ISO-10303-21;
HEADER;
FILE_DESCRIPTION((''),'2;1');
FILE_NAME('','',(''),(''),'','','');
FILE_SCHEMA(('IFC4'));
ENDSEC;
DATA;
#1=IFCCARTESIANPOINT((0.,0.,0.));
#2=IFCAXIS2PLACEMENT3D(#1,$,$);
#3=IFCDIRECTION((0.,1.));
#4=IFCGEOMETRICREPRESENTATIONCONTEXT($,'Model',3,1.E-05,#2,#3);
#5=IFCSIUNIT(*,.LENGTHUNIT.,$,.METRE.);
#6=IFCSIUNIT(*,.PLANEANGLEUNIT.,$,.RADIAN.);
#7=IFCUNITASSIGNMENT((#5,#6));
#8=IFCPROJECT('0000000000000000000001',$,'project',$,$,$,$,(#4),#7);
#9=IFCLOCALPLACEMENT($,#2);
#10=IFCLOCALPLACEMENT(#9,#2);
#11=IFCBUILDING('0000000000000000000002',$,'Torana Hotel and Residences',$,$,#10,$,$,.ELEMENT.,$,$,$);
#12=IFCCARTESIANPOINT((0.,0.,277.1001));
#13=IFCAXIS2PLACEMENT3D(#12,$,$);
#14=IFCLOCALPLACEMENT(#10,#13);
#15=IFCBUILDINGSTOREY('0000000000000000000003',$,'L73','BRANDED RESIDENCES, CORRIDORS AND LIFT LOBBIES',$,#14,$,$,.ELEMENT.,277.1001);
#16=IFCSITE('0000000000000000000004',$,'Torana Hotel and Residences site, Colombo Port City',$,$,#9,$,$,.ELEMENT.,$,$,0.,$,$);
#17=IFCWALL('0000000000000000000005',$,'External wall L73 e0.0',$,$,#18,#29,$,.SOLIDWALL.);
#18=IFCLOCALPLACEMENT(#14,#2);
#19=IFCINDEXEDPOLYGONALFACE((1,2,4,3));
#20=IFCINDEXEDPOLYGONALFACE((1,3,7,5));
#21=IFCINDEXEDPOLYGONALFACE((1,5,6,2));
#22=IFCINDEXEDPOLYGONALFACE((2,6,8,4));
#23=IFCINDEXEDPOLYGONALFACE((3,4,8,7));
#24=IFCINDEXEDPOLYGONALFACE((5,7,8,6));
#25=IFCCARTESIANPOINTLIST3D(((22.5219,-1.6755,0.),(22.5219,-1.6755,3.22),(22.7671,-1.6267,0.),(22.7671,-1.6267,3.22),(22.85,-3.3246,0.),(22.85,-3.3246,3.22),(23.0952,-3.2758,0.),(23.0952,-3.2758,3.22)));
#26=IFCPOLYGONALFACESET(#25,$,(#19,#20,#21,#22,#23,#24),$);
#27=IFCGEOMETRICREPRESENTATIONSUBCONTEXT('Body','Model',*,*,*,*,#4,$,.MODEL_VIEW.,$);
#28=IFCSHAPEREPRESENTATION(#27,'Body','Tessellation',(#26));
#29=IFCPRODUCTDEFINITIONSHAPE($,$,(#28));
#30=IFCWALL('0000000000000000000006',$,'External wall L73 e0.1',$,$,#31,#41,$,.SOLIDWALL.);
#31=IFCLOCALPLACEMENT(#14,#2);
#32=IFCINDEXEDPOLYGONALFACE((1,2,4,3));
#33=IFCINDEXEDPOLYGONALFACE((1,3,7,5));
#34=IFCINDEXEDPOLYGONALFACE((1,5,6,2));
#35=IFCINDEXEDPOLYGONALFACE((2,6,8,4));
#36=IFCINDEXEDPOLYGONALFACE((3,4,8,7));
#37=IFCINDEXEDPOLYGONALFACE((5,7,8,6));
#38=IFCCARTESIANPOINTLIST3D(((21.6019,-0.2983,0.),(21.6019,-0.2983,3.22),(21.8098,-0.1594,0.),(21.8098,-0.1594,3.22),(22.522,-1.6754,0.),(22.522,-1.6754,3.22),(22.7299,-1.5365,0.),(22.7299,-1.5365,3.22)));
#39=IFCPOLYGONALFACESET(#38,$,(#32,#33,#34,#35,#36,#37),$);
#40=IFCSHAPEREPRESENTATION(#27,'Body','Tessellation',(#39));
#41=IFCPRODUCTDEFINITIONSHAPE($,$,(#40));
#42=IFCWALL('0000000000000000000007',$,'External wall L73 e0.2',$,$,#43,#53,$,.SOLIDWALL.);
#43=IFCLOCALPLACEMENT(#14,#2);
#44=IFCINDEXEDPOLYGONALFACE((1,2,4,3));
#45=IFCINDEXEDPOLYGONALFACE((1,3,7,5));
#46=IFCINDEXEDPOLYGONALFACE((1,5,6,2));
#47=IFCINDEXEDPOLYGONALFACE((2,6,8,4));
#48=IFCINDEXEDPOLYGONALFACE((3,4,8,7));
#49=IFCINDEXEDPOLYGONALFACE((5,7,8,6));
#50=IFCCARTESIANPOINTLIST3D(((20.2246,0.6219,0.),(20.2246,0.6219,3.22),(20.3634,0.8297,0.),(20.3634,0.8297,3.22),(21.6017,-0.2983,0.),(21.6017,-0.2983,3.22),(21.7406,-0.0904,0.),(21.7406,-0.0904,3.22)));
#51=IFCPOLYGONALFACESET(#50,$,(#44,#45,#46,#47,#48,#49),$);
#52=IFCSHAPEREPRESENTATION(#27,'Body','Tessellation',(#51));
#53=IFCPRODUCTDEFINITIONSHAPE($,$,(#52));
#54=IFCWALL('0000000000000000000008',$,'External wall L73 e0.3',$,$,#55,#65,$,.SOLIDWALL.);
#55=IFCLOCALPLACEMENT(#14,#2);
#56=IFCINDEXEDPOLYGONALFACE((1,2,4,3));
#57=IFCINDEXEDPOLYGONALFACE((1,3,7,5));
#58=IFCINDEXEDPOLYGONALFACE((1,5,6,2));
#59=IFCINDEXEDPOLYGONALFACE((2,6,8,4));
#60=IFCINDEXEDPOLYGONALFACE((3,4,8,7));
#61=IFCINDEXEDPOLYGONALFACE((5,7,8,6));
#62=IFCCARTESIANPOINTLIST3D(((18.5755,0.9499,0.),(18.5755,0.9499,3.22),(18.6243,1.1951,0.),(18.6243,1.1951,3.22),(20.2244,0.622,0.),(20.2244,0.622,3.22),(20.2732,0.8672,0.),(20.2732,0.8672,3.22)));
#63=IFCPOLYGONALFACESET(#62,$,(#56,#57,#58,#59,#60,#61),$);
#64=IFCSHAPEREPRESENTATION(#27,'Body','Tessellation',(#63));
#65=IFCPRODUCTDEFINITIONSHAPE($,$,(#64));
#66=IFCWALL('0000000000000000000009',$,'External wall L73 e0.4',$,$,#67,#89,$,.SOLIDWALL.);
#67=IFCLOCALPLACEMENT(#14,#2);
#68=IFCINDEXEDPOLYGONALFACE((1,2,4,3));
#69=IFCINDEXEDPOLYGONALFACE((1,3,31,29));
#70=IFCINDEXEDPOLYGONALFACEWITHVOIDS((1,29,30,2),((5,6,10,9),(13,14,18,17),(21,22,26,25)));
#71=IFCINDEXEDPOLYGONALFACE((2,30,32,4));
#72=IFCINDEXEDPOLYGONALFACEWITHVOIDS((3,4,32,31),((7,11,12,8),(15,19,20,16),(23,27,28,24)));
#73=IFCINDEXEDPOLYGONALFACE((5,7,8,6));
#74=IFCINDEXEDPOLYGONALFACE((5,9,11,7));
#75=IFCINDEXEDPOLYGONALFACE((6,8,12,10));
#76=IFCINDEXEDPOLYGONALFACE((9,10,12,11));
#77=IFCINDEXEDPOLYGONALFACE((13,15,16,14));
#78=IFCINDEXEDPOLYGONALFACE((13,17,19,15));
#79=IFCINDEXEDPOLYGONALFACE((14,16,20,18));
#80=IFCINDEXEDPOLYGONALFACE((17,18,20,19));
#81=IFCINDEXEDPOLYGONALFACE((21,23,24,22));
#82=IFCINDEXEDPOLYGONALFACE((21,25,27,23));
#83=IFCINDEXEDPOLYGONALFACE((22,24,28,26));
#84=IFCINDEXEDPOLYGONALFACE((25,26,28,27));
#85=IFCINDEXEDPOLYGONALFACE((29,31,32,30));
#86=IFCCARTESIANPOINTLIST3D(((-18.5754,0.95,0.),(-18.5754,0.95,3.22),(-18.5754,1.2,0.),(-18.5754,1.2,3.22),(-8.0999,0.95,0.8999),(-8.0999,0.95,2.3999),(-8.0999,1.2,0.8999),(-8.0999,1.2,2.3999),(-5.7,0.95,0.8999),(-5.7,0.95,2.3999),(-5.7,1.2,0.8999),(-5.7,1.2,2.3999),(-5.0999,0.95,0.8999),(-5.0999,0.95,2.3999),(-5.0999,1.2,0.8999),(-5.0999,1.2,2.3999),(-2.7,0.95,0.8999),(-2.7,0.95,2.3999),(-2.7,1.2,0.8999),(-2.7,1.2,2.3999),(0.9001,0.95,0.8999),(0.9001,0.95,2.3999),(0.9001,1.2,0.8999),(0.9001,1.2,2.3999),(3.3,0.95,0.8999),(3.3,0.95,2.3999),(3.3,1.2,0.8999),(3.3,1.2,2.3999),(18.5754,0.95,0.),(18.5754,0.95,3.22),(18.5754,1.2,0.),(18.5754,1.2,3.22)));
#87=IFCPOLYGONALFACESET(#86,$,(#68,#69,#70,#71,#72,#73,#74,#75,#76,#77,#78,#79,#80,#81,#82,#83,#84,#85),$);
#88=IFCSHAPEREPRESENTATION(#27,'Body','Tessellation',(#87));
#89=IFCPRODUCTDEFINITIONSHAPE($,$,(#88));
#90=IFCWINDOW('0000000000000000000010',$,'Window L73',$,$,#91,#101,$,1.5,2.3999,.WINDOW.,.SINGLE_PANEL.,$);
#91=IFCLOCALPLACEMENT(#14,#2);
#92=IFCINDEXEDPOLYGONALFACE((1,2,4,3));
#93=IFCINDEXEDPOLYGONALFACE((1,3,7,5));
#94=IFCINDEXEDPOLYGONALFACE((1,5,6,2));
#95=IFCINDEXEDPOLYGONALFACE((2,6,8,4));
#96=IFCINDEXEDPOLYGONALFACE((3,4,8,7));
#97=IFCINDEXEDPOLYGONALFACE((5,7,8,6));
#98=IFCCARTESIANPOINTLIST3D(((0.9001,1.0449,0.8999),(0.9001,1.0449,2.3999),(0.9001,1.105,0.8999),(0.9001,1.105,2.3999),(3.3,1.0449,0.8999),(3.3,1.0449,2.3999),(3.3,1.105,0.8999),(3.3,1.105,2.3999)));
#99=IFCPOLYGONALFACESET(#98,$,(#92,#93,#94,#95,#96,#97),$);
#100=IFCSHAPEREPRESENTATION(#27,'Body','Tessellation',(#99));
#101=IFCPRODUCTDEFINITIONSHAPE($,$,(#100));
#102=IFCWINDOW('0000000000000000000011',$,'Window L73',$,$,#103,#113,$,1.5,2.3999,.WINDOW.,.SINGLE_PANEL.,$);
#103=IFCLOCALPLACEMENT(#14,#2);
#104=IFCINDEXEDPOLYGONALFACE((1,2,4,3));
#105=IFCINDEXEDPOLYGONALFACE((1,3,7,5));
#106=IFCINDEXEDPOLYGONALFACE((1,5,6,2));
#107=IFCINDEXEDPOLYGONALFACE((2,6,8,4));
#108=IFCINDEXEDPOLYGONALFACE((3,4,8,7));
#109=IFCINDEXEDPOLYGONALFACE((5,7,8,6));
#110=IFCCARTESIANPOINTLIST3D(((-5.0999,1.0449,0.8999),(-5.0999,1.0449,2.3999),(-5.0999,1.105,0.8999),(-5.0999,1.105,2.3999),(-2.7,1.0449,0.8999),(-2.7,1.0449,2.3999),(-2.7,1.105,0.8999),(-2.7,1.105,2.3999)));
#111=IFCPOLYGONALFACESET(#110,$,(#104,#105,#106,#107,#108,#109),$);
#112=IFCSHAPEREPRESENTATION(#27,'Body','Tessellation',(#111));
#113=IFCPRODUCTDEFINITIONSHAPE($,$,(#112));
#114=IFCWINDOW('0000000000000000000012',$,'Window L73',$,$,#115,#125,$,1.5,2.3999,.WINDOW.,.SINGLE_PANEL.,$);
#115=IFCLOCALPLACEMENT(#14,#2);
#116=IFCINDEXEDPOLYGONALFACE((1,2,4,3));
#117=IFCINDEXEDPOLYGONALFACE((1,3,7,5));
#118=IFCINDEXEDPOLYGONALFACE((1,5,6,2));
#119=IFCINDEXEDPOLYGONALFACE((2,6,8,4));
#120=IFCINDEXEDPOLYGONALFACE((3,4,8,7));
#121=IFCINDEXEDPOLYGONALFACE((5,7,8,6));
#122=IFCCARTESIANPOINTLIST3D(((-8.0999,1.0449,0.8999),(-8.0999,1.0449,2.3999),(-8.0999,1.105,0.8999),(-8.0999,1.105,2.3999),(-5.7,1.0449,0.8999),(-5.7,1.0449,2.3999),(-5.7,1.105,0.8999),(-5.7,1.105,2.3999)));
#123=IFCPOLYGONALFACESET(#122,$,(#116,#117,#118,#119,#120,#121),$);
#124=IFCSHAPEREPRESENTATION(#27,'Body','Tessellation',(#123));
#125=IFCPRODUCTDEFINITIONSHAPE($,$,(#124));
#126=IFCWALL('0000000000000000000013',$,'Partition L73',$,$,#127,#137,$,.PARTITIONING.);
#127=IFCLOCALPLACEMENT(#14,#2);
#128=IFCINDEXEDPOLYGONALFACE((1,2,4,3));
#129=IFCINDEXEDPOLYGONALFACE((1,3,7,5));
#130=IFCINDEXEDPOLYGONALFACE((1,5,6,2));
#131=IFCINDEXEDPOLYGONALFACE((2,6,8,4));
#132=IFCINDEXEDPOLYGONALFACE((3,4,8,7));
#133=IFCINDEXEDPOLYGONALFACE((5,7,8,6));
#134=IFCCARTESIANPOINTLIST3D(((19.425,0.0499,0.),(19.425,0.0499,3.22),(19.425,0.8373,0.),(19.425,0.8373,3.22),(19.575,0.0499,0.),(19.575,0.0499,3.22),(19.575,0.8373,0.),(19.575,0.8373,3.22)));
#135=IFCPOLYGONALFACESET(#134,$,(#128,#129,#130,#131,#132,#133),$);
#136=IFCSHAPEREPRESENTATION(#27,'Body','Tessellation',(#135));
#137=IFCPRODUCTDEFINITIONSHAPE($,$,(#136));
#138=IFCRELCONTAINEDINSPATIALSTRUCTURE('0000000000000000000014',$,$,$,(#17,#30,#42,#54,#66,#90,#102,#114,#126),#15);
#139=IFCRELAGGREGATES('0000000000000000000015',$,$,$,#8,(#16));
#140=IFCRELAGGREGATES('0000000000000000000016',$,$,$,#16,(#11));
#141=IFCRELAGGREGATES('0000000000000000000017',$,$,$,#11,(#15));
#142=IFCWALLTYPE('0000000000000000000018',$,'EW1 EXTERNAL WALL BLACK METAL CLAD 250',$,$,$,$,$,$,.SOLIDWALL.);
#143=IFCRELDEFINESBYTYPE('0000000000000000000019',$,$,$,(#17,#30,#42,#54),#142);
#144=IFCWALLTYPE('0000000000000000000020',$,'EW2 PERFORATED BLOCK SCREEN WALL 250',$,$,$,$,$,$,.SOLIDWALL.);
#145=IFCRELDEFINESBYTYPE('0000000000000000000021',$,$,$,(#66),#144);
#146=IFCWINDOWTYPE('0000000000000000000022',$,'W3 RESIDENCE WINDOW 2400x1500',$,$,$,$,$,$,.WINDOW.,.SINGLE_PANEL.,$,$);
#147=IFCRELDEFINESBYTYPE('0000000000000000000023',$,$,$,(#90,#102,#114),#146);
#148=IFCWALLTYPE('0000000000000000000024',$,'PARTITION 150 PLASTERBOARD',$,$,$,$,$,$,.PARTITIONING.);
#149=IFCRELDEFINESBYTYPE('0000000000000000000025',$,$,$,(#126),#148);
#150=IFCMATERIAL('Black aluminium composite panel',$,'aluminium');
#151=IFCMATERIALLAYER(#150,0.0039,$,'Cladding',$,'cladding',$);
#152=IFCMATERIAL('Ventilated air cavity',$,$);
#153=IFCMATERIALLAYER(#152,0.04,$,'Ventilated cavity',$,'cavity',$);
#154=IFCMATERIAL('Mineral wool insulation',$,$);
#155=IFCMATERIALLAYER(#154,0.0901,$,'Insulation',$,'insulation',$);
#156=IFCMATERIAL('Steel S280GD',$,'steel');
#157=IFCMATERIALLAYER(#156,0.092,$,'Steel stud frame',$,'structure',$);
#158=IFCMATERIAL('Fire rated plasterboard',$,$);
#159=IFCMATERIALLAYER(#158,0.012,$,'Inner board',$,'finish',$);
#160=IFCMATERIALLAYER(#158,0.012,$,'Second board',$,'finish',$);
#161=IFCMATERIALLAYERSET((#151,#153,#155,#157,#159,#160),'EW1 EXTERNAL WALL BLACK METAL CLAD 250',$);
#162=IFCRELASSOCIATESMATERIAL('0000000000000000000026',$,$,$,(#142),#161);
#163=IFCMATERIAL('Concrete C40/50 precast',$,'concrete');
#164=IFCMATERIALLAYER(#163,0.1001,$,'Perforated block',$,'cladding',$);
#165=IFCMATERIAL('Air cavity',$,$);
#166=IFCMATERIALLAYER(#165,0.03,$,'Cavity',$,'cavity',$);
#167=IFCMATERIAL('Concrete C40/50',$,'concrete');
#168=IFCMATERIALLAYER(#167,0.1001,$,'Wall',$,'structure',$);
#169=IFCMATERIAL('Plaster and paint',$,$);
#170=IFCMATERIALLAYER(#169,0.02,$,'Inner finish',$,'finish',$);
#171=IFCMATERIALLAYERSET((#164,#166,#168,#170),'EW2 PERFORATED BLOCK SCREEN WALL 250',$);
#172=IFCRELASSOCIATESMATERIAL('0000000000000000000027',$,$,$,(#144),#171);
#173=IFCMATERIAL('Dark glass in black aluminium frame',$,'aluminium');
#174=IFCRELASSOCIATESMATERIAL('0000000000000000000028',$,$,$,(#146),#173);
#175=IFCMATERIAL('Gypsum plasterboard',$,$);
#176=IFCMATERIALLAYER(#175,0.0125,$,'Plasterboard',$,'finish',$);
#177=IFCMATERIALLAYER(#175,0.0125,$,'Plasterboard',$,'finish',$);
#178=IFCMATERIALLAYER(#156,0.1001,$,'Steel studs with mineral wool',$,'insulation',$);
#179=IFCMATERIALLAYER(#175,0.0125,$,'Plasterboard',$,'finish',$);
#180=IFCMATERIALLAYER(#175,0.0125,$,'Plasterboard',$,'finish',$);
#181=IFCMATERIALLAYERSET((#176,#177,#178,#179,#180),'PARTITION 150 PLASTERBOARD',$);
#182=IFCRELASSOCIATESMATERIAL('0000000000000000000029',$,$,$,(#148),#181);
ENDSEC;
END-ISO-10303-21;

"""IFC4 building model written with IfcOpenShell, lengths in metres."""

from ifc_helpers import new_model, si_unit, direction, frame, frame_2d, origin, place, context, subcontext, project, spatial, rectangle, extrude, material, layer, layer_set, type_object, element, fill, save


model = new_model("IFC4")

# Units and contexts
model_context = context("Model", 3, precision=1e-05, world=origin(), true_north=direction((0.0, 1.0)))
body_context = subcontext(model_context, "Body", "Model", "MODEL_VIEW")
ifc_project = project(units=[si_unit("LENGTHUNIT", "METRE"), si_unit("PLANEANGLEUNIT", "RADIAN")], contexts=[model_context])

# Site, building, storey
site_placement = place(None, origin())
site = spatial("IfcSite", under=ifc_project, at=site_placement, Name="Torana Hotel and Residences site, Colombo Port City", CompositionType="ELEMENT", RefElevation=0.0)
building_placement = place(site_placement, origin())
building = spatial("IfcBuilding", under=site, at=building_placement, Name="Torana Hotel and Residences", CompositionType="ELEMENT")
storey_placement = place(building_placement, frame((0.0, 0.0, 277.1001)))
storey = spatial("IfcBuildingStorey", under=building, at=storey_placement, Name="L73", Description="BRANDED RESIDENCES, CORRIDORS AND LIFT LOBBIES", CompositionType="ELEMENT", Elevation=277.1001)

# Walls
ifc_material_1 = material(Name="Black aluminium composite panel", Category="aluminium")
ifc_layer_1 = layer(ifc_material_1, 0.0039, Name="Cladding", Category="cladding")
ifc_material_2 = material(Name="Ventilated air cavity")
ifc_layer_2 = layer(ifc_material_2, 0.04, Name="Ventilated cavity", Category="cavity")
ifc_material_3 = material(Name="Mineral wool insulation")
ifc_layer_3 = layer(ifc_material_3, 0.0901, Name="Insulation", Category="insulation")
ifc_material_4 = material(Name="Steel S280GD", Category="steel")
ifc_layer_4 = layer(ifc_material_4, 0.092, Name="Steel stud frame", Category="structure")
ifc_material_5 = material(Name="Fire rated plasterboard")
ifc_layer_5 = layer(ifc_material_5, 0.012, Name="Inner board", Category="finish")
ifc_layer_6 = layer(ifc_material_5, 0.012, Name="Second board", Category="finish")
ifc_layer_set_1 = layer_set([ifc_layer_1, ifc_layer_2, ifc_layer_3, ifc_layer_4, ifc_layer_5, ifc_layer_6], Name="EW1 EXTERNAL WALL BLACK METAL CLAD 250")
wall_type_1 = type_object("IfcWallType", Name="EW1 EXTERNAL WALL BLACK METAL CLAD 250", PredefinedType="SOLIDWALL", material=ifc_layer_set_1)
wall_1_placement = place(storey_placement, frame((22.9727, -3.3003, 0.0), z_axis=(0.0, 0.0, 1.0), x_axis=(-0.195139, 0.980776, 0.0)))
element("IfcWall", 1, at=wall_1_placement, inside=storey, type_object=wall_type_1, Name="External wall L73 e0.0", PredefinedType="SOLIDWALL", context=body_context, shape_type="SweptSolid", body=[
    extrude(rectangle(XDim=1.6814, YDim=0.25, at=frame_2d((0.8408, 0.0))), origin(), (0.0, 0.0, 1.0), 3.22),
])
for number, where, z_axis, x_axis, name in (
    (2, (22.626, -1.606, 0.0), (0.0, 0.0, 1.0), (-0.55555, 0.831483, 0.0), "External wall L73 e0.1"),
    (3, (21.6711, -0.1943, 0.0), (0.0, 0.0, 1.0), (-0.831483, 0.55555, 0.0), "External wall L73 e0.2"),
):
    element("IfcWall", number, at=place(storey_placement, frame(where, z_axis=z_axis, x_axis=x_axis)), inside=storey, type_object=wall_type_1, Name=name, PredefinedType="SOLIDWALL", context=body_context, shape_type="SweptSolid", body=[
        extrude(rectangle(XDim=1.6562, YDim=0.25, at=frame_2d((0.8281, 0.0))), origin(), (0.0, 0.0, 1.0), 3.22),
    ])
wall_2_placement = place(storey_placement, frame((20.2488, 0.7446, 0.0), z_axis=(0.0, 0.0, 1.0), x_axis=(-0.980798, 0.195027, 0.0)))
element("IfcWall", 4, at=wall_2_placement, inside=storey, type_object=wall_type_1, Name="External wall L73 e0.3", PredefinedType="SOLIDWALL", context=body_context, shape_type="SweptSolid", body=[
    extrude(rectangle(XDim=1.6812, YDim=0.25, at=frame_2d((0.8406, 0.0))), origin(), (0.0, 0.0, 1.0), 3.22),
])

# Wall, openings, windows
ifc_material_6 = material(Name="Concrete C40/50 precast", Category="concrete")
ifc_layer_7 = layer(ifc_material_6, 0.1001, Name="Perforated block", Category="cladding")
ifc_material_7 = material(Name="Air cavity")
ifc_layer_8 = layer(ifc_material_7, 0.03, Name="Cavity", Category="cavity")
ifc_material_8 = material(Name="Concrete C40/50", Category="concrete")
ifc_layer_9 = layer(ifc_material_8, 0.1001, Name="Wall", Category="structure")
ifc_material_9 = material(Name="Plaster and paint")
ifc_layer_10 = layer(ifc_material_9, 0.02, Name="Inner finish", Category="finish")
ifc_layer_set_2 = layer_set([ifc_layer_7, ifc_layer_8, ifc_layer_9, ifc_layer_10], Name="EW2 PERFORATED BLOCK SCREEN WALL 250")
wall_type_2 = type_object("IfcWallType", Name="EW2 PERFORATED BLOCK SCREEN WALL 250", PredefinedType="SOLIDWALL", material=ifc_layer_set_2)
wall_3_placement = place(storey_placement, frame((18.5754, 1.075, 0.0), z_axis=(0.0, 0.0, 1.0), x_axis=(-1.0, 0.0, 0.0)))
wall_3 = element("IfcWall", 5, at=wall_3_placement, inside=storey, type_object=wall_type_2, Name="External wall L73 e0.4", PredefinedType="SOLIDWALL", context=body_context, shape_type="SweptSolid", body=[
    extrude(rectangle(XDim=37.1509, YDim=0.25, at=frame_2d((18.5754, 0.0))), origin(), (0.0, 0.0, 1.0), 3.22),
])
opening_1_placement = place(wall_3_placement, frame((15.2754, 0.0, 0.8999)))
opening_1 = element("IfcOpeningElement", 6, at=opening_1_placement, cuts=wall_3, PredefinedType="OPENING", context=body_context, shape_type="SweptSolid", body=[
    extrude(rectangle(XDim=2.3999, YDim=1.5, at=frame_2d((1.2, 0.75))), frame((0.0, 0.135, 0.0), z_axis=(0.0, -1.0, 0.0), x_axis=(1.0, 0.0, 0.0)), (0.0, 0.0, 1.0), 0.27),
])
opening_2_placement = place(wall_3_placement, frame((21.2754, 0.0, 0.8999)))
opening_2 = element("IfcOpeningElement", 7, at=opening_2_placement, cuts=wall_3, PredefinedType="OPENING", context=body_context, shape_type="SweptSolid", body=[
    extrude(rectangle(XDim=2.3999, YDim=1.5, at=frame_2d((1.2, 0.75))), frame((0.0, 0.135, 0.0), z_axis=(0.0, -1.0, 0.0), x_axis=(1.0, 0.0, 0.0)), (0.0, 0.0, 1.0), 0.27),
])
opening_3_placement = place(wall_3_placement, frame((24.2754, 0.0, 0.8999)))
opening_3 = element("IfcOpeningElement", 8, at=opening_3_placement, cuts=wall_3, PredefinedType="OPENING", context=body_context, shape_type="SweptSolid", body=[
    extrude(rectangle(XDim=2.3999, YDim=1.5, at=frame_2d((1.2, 0.75))), frame((0.0, 0.135, 0.0), z_axis=(0.0, -1.0, 0.0), x_axis=(1.0, 0.0, 0.0)), (0.0, 0.0, 1.0), 0.27),
])
ifc_material_10 = material(Name="Dark glass in black aluminium frame", Category="aluminium")
window_type = type_object("IfcWindowType", Name="W3 RESIDENCE WINDOW 2400x1500", PartitioningType="SINGLE_PANEL", PredefinedType="WINDOW", material=ifc_material_10)
window_1_placement = place(opening_1_placement, origin())
window_1 = element("IfcWindow", 9, at=window_1_placement, inside=storey, type_object=window_type, Name="Window L73", OverallHeight=1.5, OverallWidth=2.3999, PartitioningType="SINGLE_PANEL", PredefinedType="WINDOW", context=body_context, shape_type="SweptSolid", body=[
    extrude(rectangle(XDim=2.3999, YDim=1.5, at=frame_2d((1.2, 0.75))), frame((0.0, 0.03, 0.0), z_axis=(0.0, -1.0, 0.0), x_axis=(1.0, 0.0, 0.0)), (0.0, 0.0, 1.0), 0.0601),
])
fill(opening_1, window_1)
window_2_placement = place(opening_2_placement, origin())
window_2 = element("IfcWindow", 10, at=window_2_placement, inside=storey, type_object=window_type, Name="Window L73", OverallHeight=1.5, OverallWidth=2.3999, PartitioningType="SINGLE_PANEL", PredefinedType="WINDOW", context=body_context, shape_type="SweptSolid", body=[
    extrude(rectangle(XDim=2.3999, YDim=1.5, at=frame_2d((1.2, 0.75))), frame((0.0, 0.03, 0.0), z_axis=(0.0, -1.0, 0.0), x_axis=(1.0, 0.0, 0.0)), (0.0, 0.0, 1.0), 0.0601),
])
fill(opening_2, window_2)
window_3_placement = place(opening_3_placement, origin())
window_3 = element("IfcWindow", 11, at=window_3_placement, inside=storey, type_object=window_type, Name="Window L73", OverallHeight=1.5, OverallWidth=2.3999, PartitioningType="SINGLE_PANEL", PredefinedType="WINDOW", context=body_context, shape_type="SweptSolid", body=[
    extrude(rectangle(XDim=2.3999, YDim=1.5, at=frame_2d((1.2, 0.75))), frame((0.0, 0.03, 0.0), z_axis=(0.0, -1.0, 0.0), x_axis=(1.0, 0.0, 0.0)), (0.0, 0.0, 1.0), 0.0601),
])
fill(opening_3, window_3)

# Wall
ifc_material_11 = material(Name="Gypsum plasterboard")
ifc_layer_11 = layer(ifc_material_11, 0.0125, Name="Plasterboard", Category="finish")
ifc_layer_12 = layer(ifc_material_11, 0.0125, Name="Plasterboard", Category="finish")
ifc_layer_13 = layer(ifc_material_4, 0.1001, Name="Steel studs with mineral wool", Category="insulation")
ifc_layer_14 = layer(ifc_material_11, 0.0125, Name="Plasterboard", Category="finish")
ifc_layer_15 = layer(ifc_material_11, 0.0125, Name="Plasterboard", Category="finish")
ifc_layer_set_3 = layer_set([ifc_layer_11, ifc_layer_12, ifc_layer_13, ifc_layer_14, ifc_layer_15], Name="PARTITION 150 PLASTERBOARD")
wall_type_3 = type_object("IfcWallType", Name="PARTITION 150 PLASTERBOARD", PredefinedType="PARTITIONING", material=ifc_layer_set_3)
wall_4_placement = place(storey_placement, frame((19.5, 0.05, 0.0), z_axis=(0.0, 0.0, 1.0), x_axis=(0.0, 1.0, 0.0)))
element("IfcWall", 12, at=wall_4_placement, inside=storey, type_object=wall_type_3, Name="Partition L73", PredefinedType="PARTITIONING", context=body_context, shape_type="SweptSolid", body=[
    extrude(rectangle(XDim=0.7874, YDim=0.1499, at=frame_2d((0.3936, 0.0))), origin(), (0.0, 0.0, 1.0), 3.22),
])

save(model, "model.ifc")
